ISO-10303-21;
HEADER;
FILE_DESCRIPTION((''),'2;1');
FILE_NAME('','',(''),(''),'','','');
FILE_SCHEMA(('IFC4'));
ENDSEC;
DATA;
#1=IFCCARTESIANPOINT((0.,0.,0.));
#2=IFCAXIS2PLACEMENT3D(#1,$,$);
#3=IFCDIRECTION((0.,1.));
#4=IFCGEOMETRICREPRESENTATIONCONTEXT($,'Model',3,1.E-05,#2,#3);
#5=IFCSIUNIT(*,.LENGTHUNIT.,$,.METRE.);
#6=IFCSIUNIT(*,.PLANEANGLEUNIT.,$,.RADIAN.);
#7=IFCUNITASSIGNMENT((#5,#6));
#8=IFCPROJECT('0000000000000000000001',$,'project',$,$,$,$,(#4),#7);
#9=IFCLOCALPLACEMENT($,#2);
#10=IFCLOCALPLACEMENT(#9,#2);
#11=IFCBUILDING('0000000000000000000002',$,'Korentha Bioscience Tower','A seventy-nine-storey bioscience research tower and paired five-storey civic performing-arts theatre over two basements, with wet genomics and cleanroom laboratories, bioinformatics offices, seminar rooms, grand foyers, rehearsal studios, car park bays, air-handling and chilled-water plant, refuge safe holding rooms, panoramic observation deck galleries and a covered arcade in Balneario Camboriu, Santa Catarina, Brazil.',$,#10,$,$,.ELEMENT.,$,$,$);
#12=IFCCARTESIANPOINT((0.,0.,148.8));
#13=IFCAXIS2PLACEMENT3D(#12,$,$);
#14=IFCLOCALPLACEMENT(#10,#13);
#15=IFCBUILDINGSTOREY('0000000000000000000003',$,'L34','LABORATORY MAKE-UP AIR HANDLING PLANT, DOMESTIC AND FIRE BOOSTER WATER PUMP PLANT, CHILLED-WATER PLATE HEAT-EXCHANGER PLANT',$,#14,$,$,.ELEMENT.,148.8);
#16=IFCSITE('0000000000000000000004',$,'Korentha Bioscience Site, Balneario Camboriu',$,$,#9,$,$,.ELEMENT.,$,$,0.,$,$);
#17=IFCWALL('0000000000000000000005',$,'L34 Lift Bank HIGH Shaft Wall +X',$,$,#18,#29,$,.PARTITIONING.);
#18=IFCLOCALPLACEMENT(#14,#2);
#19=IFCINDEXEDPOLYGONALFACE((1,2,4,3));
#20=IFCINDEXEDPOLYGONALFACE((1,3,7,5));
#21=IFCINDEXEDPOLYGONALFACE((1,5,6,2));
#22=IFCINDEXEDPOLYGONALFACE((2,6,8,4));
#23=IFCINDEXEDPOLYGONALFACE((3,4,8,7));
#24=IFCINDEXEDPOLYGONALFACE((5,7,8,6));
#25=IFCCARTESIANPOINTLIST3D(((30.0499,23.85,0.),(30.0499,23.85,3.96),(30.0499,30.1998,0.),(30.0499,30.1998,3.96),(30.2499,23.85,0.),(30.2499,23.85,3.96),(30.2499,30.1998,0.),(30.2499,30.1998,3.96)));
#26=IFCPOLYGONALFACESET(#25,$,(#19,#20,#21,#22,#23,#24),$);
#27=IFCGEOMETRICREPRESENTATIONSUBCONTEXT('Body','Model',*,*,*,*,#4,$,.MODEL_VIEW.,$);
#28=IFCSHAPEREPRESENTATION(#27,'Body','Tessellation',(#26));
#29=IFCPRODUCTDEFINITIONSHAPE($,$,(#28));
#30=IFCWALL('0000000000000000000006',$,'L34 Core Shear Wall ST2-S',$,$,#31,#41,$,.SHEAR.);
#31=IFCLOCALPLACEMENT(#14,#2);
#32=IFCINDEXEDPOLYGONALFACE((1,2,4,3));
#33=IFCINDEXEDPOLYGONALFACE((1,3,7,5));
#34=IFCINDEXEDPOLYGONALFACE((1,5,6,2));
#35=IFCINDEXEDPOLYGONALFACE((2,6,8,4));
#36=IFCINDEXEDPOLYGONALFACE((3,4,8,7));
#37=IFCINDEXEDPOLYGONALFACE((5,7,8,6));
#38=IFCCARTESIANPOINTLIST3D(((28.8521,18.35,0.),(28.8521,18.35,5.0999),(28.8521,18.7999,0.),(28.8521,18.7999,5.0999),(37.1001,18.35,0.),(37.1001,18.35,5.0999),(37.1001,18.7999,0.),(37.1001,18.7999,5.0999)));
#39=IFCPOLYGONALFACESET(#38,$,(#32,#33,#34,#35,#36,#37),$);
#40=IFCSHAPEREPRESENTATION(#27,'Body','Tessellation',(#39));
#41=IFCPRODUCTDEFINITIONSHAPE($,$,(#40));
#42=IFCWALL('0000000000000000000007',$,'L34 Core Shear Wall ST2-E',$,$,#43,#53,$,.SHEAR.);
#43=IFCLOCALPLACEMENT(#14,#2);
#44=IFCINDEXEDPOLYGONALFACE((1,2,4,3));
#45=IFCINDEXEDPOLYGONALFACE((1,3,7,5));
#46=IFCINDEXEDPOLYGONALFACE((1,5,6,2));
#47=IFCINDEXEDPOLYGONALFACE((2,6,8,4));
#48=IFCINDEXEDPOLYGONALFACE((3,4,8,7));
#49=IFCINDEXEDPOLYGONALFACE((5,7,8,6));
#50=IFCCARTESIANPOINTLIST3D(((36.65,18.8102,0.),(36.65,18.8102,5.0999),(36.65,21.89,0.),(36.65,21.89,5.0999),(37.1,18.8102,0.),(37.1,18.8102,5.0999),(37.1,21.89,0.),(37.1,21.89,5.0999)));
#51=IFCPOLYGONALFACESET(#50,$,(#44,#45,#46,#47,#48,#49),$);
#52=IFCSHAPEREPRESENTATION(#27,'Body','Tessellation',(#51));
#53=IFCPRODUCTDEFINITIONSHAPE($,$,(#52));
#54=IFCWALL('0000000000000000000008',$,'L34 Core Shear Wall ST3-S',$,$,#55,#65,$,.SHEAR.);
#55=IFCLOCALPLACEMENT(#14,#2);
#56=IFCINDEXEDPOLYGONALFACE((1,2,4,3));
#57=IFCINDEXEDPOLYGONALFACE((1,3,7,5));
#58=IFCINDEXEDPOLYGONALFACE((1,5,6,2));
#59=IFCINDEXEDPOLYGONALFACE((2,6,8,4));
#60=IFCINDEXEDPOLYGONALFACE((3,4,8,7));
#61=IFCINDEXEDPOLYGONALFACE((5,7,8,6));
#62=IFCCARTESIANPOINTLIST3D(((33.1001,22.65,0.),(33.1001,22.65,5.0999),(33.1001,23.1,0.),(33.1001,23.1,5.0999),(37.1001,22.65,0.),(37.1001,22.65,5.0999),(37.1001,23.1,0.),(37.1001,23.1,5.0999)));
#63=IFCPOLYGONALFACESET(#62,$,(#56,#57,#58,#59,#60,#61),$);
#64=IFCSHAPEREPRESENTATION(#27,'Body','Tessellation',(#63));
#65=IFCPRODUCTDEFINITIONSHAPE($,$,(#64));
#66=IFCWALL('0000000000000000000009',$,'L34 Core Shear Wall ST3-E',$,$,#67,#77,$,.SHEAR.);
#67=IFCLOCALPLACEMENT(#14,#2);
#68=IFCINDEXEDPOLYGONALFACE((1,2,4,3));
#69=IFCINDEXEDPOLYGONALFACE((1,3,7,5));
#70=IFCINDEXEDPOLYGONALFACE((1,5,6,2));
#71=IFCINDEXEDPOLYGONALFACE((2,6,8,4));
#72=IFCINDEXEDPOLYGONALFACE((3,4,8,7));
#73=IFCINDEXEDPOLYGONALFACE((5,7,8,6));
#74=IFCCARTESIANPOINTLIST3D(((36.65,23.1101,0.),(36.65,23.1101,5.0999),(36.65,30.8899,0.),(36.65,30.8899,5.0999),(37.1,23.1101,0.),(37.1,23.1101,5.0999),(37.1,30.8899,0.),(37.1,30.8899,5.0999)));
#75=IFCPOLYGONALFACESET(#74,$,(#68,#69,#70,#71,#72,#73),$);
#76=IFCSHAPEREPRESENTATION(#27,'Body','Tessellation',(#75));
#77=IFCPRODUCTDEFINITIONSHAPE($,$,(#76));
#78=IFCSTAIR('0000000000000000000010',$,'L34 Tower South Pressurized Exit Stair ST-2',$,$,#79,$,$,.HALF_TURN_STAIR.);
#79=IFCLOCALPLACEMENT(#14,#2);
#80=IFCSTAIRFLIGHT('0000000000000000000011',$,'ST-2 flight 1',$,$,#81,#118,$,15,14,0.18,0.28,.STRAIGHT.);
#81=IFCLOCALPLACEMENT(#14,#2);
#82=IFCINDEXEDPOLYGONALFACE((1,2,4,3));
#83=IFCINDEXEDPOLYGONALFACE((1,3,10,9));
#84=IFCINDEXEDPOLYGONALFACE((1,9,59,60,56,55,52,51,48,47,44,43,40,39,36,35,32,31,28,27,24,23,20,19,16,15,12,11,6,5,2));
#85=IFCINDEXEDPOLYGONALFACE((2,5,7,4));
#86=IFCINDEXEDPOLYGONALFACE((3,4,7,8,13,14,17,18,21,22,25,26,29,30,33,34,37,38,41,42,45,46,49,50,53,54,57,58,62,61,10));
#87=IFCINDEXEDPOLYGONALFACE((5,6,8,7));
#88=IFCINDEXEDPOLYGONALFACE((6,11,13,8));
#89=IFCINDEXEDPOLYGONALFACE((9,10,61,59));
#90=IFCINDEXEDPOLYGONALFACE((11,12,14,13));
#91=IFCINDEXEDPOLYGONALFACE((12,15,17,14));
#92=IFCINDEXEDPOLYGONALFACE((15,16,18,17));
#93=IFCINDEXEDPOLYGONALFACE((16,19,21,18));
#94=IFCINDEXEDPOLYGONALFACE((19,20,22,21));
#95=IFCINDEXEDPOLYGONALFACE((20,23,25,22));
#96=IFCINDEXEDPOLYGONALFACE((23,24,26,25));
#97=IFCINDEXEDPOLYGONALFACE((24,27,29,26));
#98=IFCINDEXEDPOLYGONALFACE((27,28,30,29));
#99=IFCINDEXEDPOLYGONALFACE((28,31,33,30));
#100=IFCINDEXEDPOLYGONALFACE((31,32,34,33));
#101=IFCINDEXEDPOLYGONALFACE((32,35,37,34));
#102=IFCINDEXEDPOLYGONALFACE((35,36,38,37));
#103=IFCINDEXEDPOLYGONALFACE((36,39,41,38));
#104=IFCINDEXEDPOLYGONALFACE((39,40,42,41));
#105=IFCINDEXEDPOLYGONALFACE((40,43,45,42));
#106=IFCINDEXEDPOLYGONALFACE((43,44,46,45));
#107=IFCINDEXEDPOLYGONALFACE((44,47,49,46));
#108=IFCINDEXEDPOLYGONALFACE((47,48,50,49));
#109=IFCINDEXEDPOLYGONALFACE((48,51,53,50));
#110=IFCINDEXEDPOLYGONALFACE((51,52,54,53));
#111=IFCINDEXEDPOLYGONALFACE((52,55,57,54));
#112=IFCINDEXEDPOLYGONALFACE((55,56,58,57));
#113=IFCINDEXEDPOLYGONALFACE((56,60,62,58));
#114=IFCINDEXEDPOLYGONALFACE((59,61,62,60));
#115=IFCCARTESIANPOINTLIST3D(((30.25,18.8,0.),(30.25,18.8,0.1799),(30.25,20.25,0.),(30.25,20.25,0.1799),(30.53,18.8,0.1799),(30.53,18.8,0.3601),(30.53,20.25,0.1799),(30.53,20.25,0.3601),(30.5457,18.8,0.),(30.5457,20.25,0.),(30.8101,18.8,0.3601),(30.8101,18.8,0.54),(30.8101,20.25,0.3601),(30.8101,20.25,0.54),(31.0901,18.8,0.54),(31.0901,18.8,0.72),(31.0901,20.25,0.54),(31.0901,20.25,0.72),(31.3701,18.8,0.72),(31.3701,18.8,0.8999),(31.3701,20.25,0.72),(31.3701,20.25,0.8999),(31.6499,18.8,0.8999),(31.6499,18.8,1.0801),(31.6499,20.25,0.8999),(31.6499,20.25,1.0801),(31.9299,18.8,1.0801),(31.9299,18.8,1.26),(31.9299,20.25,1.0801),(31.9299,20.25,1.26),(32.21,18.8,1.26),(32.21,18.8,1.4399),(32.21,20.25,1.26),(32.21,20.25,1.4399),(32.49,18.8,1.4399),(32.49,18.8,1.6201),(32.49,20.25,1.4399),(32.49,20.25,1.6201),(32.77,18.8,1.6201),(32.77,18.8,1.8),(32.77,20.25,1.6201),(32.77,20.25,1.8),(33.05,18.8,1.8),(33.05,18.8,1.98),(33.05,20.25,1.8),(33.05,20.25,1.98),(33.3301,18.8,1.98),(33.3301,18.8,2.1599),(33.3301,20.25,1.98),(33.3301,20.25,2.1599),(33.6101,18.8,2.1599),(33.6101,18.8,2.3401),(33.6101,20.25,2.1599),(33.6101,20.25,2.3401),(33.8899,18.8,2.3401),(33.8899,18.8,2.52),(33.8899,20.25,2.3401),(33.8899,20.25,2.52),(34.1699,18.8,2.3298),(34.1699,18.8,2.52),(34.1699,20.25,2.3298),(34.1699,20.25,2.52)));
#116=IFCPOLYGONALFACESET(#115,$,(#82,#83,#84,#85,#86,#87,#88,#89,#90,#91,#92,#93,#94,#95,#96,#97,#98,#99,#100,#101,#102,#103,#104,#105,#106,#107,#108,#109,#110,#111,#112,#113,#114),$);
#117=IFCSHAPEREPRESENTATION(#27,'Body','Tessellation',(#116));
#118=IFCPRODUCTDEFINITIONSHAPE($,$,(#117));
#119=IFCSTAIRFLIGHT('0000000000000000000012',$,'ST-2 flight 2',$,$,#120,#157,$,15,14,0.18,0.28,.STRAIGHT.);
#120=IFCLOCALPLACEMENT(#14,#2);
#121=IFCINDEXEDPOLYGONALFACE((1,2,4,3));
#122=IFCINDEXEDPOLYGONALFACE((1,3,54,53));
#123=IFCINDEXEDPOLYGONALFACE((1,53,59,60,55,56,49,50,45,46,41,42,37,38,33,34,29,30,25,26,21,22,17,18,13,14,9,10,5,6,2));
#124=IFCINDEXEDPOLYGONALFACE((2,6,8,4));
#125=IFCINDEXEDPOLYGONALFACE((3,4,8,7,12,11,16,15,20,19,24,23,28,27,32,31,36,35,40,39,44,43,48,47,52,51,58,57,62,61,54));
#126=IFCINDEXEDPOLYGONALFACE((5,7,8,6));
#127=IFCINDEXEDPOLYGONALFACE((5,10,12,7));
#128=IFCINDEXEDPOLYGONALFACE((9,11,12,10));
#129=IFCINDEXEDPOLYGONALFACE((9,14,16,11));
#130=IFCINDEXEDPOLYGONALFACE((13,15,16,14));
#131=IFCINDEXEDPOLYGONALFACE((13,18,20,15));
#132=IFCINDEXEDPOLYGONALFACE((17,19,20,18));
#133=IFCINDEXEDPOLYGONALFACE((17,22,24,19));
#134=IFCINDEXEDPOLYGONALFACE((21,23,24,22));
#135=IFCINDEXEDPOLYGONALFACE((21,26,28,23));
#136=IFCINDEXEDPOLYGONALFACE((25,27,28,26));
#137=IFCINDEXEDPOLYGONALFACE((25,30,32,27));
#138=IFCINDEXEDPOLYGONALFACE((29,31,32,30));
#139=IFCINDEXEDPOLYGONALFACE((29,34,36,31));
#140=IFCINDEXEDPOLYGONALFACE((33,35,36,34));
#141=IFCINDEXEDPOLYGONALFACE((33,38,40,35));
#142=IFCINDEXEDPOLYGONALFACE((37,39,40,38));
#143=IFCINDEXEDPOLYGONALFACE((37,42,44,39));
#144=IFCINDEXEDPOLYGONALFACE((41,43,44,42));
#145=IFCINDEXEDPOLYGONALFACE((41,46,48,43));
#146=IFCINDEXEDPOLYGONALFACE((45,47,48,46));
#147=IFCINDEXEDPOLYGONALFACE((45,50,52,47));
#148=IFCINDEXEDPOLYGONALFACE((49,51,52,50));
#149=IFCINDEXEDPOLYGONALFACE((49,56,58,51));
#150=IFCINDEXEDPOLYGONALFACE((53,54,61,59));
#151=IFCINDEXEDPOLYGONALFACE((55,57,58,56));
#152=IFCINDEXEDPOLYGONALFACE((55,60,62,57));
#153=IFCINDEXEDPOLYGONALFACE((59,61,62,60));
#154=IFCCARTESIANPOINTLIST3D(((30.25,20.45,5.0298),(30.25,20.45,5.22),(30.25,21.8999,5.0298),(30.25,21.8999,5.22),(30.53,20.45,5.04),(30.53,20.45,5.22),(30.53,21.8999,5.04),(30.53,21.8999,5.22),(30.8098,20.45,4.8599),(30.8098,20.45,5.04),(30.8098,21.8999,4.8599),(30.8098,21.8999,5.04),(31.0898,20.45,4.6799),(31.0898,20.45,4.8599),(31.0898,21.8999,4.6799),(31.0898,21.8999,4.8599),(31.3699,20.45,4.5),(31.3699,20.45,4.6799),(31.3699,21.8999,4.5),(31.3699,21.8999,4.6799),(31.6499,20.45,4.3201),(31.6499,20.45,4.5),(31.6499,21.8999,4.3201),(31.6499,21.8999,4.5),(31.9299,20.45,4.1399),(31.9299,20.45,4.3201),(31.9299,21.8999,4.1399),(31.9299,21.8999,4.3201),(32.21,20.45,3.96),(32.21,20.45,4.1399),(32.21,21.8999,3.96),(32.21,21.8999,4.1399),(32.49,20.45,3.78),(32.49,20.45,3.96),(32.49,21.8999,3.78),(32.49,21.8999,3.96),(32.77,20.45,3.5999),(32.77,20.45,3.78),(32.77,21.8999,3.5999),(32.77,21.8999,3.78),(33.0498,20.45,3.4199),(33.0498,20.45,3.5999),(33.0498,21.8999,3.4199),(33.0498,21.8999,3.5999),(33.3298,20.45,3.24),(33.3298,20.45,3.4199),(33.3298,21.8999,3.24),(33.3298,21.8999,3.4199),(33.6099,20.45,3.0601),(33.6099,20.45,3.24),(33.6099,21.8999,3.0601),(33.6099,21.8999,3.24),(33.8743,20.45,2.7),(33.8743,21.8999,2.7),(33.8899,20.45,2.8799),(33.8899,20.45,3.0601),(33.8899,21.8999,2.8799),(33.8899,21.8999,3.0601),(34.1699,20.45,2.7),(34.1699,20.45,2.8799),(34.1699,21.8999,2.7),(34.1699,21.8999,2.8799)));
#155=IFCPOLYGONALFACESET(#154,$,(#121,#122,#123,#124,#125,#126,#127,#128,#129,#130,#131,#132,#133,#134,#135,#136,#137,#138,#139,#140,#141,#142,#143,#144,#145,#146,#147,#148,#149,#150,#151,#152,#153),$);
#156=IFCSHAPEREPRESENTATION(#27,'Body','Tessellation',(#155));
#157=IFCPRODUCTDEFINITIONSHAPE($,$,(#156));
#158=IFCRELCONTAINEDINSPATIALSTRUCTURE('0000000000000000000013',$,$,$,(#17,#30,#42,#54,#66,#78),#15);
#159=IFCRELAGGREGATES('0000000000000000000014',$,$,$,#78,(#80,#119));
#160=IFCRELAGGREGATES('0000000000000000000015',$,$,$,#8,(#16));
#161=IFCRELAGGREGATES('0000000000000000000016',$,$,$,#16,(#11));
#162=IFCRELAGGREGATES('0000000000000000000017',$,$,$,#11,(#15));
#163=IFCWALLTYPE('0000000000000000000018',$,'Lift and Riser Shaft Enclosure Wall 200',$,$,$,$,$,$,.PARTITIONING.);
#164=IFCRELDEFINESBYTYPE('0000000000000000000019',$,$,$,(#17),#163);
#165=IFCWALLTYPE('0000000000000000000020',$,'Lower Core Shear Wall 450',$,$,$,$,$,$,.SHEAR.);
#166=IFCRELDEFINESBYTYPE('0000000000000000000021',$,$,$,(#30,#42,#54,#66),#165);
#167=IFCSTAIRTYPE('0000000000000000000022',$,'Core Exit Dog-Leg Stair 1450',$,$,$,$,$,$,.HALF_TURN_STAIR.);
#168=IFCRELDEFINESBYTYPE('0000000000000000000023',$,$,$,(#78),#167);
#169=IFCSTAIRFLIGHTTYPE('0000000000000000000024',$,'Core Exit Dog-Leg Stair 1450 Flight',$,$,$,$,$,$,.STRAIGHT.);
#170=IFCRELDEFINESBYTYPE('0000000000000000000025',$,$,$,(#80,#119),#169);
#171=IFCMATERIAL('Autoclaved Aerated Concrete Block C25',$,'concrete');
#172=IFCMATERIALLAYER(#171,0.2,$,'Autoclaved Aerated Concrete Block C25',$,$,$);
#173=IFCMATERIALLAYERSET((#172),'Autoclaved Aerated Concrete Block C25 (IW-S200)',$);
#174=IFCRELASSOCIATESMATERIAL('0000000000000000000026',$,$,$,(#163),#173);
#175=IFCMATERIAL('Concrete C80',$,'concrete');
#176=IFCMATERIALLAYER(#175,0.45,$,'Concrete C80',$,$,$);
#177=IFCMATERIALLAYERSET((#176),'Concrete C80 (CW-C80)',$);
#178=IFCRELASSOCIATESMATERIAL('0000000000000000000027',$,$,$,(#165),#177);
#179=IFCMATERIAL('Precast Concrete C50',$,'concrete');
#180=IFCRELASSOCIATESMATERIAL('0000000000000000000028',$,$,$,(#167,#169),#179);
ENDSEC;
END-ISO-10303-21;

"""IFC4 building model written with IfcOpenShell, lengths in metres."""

from ifc_helpers import new_model, si_unit, direction, frame, frame_2d, origin, place, context, subcontext, project, spatial, polyline, rectangle, outline, extrude, material, layer, layer_set, type_object, element, aggregate, save


model = new_model("IFC4")

# Units and contexts
model_context = context("Model", 3, precision=1e-05, world=origin(), true_north=direction((0.0, 1.0)))
body_context = subcontext(model_context, "Body", "Model", "MODEL_VIEW")
ifc_project = project(units=[si_unit("LENGTHUNIT", "METRE"), si_unit("PLANEANGLEUNIT", "RADIAN")], contexts=[model_context])

# Site, building, storey
site_placement = place(None, origin())
site = spatial("IfcSite", under=ifc_project, at=site_placement, Name="Korentha Bioscience Site, Balneario Camboriu", CompositionType="ELEMENT", RefElevation=0.0)
building_placement = place(site_placement, origin())
building = spatial("IfcBuilding", under=site, at=building_placement, Name="Korentha Bioscience Tower", Description="A seventy-nine-storey bioscience research tower and paired five-storey civic performing-arts theatre over two basements, with wet genomics and cleanroom laboratories, bioinformatics offices, seminar rooms, grand foyers, rehearsal studios, car park bays, air-handling and chilled-water plant, refuge safe holding rooms, panoramic observation deck galleries and a covered arcade in Balneario Camboriu, Santa Catarina, Brazil.", CompositionType="ELEMENT")
storey_placement = place(building_placement, frame((0.0, 0.0, 148.8)))
storey = spatial("IfcBuildingStorey", under=building, at=storey_placement, Name="L34", Description="LABORATORY MAKE-UP AIR HANDLING PLANT, DOMESTIC AND FIRE BOOSTER WATER PUMP PLANT, CHILLED-WATER PLATE HEAT-EXCHANGER PLANT", CompositionType="ELEMENT", Elevation=148.8)

# Walls
ifc_material_1 = material(Name="Autoclaved Aerated Concrete Block C25", Category="concrete")
ifc_layer_1 = layer(ifc_material_1, 0.2, Name="Autoclaved Aerated Concrete Block C25")
ifc_layer_set_1 = layer_set([ifc_layer_1], Name="Autoclaved Aerated Concrete Block C25 (IW-S200)")
wall_type_1 = type_object("IfcWallType", Name="Lift and Riser Shaft Enclosure Wall 200", PredefinedType="PARTITIONING", material=ifc_layer_set_1)
wall_1_placement = place(storey_placement, frame((30.1499, 23.8501, 0.0), z_axis=(0.0, 0.0, 1.0), x_axis=(0.0, 1.0, 0.0)))
element("IfcWall", 1, at=wall_1_placement, inside=storey, type_object=wall_type_1, Name="L34 Lift Bank HIGH Shaft Wall +X", PredefinedType="PARTITIONING", context=body_context, shape_type="SweptSolid", body=[
    extrude(rectangle(XDim=6.3499, YDim=0.2, at=frame_2d((3.1748, 0.0))), origin(), (0.0, 0.0, 1.0), 3.96),
])
ifc_material_2 = material(Name="Concrete C80", Category="concrete")
ifc_layer_2 = layer(ifc_material_2, 0.45, Name="Concrete C80")
ifc_layer_set_2 = layer_set([ifc_layer_2], Name="Concrete C80 (CW-C80)")
wall_type_2 = type_object("IfcWallType", Name="Lower Core Shear Wall 450", PredefinedType="SHEAR", material=ifc_layer_set_2)
wall_2_placement = place(storey_placement, frame((28.8521, 18.575, 0.0), z_axis=(0.0, 0.0, 1.0), x_axis=(1.0, 0.0, 0.0)))
element("IfcWall", 2, at=wall_2_placement, inside=storey, type_object=wall_type_2, Name="L34 Core Shear Wall ST2-S", PredefinedType="SHEAR", context=body_context, shape_type="SweptSolid", body=[
    extrude(rectangle(XDim=8.248, YDim=0.45, at=frame_2d((4.124, 0.0))), origin(), (0.0, 0.0, 1.0), 5.0999),
])
wall_3_placement = place(storey_placement, frame((36.875, 18.8101, 0.0), z_axis=(0.0, 0.0, 1.0), x_axis=(0.0, 1.0, 0.0)))
element("IfcWall", 3, at=wall_3_placement, inside=storey, type_object=wall_type_2, Name="L34 Core Shear Wall ST2-E", PredefinedType="SHEAR", context=body_context, shape_type="SweptSolid", body=[
    extrude(rectangle(XDim=3.0798, YDim=0.45, at=frame_2d((1.54, 0.0))), origin(), (0.0, 0.0, 1.0), 5.0999),
])
wall_4_placement = place(storey_placement, frame((33.1001, 22.875, 0.0), z_axis=(0.0, 0.0, 1.0), x_axis=(1.0, 0.0, 0.0)))
element("IfcWall", 4, at=wall_4_placement, inside=storey, type_object=wall_type_2, Name="L34 Core Shear Wall ST3-S", PredefinedType="SHEAR", context=body_context, shape_type="SweptSolid", body=[
    extrude(rectangle(XDim=4.0, YDim=0.45, at=frame_2d((2.0, 0.0))), origin(), (0.0, 0.0, 1.0), 5.0999),
])
wall_5_placement = place(storey_placement, frame((36.875, 23.1101, 0.0), z_axis=(0.0, 0.0, 1.0), x_axis=(0.0, 1.0, 0.0)))
element("IfcWall", 5, at=wall_5_placement, inside=storey, type_object=wall_type_2, Name="L34 Core Shear Wall ST3-E", PredefinedType="SHEAR", context=body_context, shape_type="SweptSolid", body=[
    extrude(rectangle(XDim=7.7798, YDim=0.45, at=frame_2d((3.8899, 0.0))), origin(), (0.0, 0.0, 1.0), 5.0999),
])

# Stair, stair flights
ifc_material_3 = material(Name="Precast Concrete C50", Category="concrete")
stair_type = type_object("IfcStairType", Name="Core Exit Dog-Leg Stair 1450", PredefinedType="HALF_TURN_STAIR", material=ifc_material_3)
stair_1_placement = place(storey_placement, origin())
stair_1 = element("IfcStair", 6, at=stair_1_placement, inside=storey, type_object=stair_type, Name="L34 Tower South Pressurized Exit Stair ST-2", PredefinedType="HALF_TURN_STAIR")
stair_flight_type = type_object("IfcStairFlightType", Name="Core Exit Dog-Leg Stair 1450 Flight", PredefinedType="STRAIGHT", material=ifc_material_3)
stair_flight_1_placement = place(storey_placement, frame((30.25, 19.5249, 0.0), z_axis=(0.0, 0.0, 1.0), x_axis=(1.0, 0.0, 0.0)))
stair_flight_1 = element("IfcStairFlight", 7, at=stair_flight_1_placement, type_object=stair_flight_type, Name="ST-2 flight 1", NumberOfRisers=15, NumberOfTreads=14, PredefinedType="STRAIGHT", RiserHeight=0.18, TreadLength=0.28, context=body_context, shape_type="SweptSolid", body=[
    extrude(outline(polyline([(0.0, 0.0), (0.0, 0.1799), (0.28, 0.1799), (0.28, 0.3601), (0.5601, 0.3601), (0.5601, 0.54), (0.8401, 0.54), (0.8401, 0.72), (1.1201, 0.72), (1.1201, 0.8999), (1.3999, 0.8999), (1.3999, 1.0801), (1.6799, 1.0801), (1.6799, 1.26), (1.96, 1.26), (1.96, 1.4399), (2.24, 1.4399), (2.24, 1.6201), (2.52, 1.6201), (2.52, 1.8), (2.8, 1.8), (2.8, 1.98), (3.0801, 1.98), (3.0801, 2.1599), (3.3601, 2.1599), (3.3601, 2.3401), (3.6399, 2.3401), (3.6399, 2.52), (3.9199, 2.52), (3.9199, 2.7), (3.9199, 2.3298), (0.2957, 0.0), (0.0, 0.0)])), frame((0.0, 0.7251, 0.0), z_axis=(0.0, -1.0, 0.0), x_axis=(1.0, 0.0, 0.0)), (0.0, 0.0, 1.0), 1.45),
])
stair_flight_2_placement = place(storey_placement, frame((34.1699, 21.175, 2.7), z_axis=(0.0, 0.0, 1.0), x_axis=(-1.0, 0.0, 0.0)))
stair_flight_2 = element("IfcStairFlight", 8, at=stair_flight_2_placement, type_object=stair_flight_type, Name="ST-2 flight 2", NumberOfRisers=15, NumberOfTreads=14, PredefinedType="STRAIGHT", RiserHeight=0.18, TreadLength=0.28, context=body_context, shape_type="SweptSolid", body=[
    extrude(outline(polyline([(0.0, 0.0), (0.0, 0.1799), (0.28, 0.1799), (0.28, 0.3601), (0.5601, 0.3601), (0.5601, 0.54), (0.8401, 0.54), (0.8401, 0.72), (1.1201, 0.72), (1.1201, 0.8999), (1.3999, 0.8999), (1.3999, 1.0801), (1.6799, 1.0801), (1.6799, 1.26), (1.96, 1.26), (1.96, 1.4399), (2.24, 1.4399), (2.24, 1.6201), (2.52, 1.6201), (2.52, 1.8), (2.8, 1.8), (2.8, 1.98), (3.0801, 1.98), (3.0801, 2.1599), (3.3601, 2.1599), (3.3601, 2.3401), (3.6399, 2.3401), (3.6399, 2.52), (3.9199, 2.52), (3.9199, 2.7), (3.9199, 2.3298), (0.2957, 0.0), (0.0, 0.0)])), frame((0.0, 0.7251, 0.0), z_axis=(0.0, -1.0, 0.0), x_axis=(1.0, 0.0, 0.0)), (0.0, 0.0, 1.0), 1.45),
])
aggregate(stair_1, [stair_flight_1, stair_flight_2])

save(model, "model.ifc")
